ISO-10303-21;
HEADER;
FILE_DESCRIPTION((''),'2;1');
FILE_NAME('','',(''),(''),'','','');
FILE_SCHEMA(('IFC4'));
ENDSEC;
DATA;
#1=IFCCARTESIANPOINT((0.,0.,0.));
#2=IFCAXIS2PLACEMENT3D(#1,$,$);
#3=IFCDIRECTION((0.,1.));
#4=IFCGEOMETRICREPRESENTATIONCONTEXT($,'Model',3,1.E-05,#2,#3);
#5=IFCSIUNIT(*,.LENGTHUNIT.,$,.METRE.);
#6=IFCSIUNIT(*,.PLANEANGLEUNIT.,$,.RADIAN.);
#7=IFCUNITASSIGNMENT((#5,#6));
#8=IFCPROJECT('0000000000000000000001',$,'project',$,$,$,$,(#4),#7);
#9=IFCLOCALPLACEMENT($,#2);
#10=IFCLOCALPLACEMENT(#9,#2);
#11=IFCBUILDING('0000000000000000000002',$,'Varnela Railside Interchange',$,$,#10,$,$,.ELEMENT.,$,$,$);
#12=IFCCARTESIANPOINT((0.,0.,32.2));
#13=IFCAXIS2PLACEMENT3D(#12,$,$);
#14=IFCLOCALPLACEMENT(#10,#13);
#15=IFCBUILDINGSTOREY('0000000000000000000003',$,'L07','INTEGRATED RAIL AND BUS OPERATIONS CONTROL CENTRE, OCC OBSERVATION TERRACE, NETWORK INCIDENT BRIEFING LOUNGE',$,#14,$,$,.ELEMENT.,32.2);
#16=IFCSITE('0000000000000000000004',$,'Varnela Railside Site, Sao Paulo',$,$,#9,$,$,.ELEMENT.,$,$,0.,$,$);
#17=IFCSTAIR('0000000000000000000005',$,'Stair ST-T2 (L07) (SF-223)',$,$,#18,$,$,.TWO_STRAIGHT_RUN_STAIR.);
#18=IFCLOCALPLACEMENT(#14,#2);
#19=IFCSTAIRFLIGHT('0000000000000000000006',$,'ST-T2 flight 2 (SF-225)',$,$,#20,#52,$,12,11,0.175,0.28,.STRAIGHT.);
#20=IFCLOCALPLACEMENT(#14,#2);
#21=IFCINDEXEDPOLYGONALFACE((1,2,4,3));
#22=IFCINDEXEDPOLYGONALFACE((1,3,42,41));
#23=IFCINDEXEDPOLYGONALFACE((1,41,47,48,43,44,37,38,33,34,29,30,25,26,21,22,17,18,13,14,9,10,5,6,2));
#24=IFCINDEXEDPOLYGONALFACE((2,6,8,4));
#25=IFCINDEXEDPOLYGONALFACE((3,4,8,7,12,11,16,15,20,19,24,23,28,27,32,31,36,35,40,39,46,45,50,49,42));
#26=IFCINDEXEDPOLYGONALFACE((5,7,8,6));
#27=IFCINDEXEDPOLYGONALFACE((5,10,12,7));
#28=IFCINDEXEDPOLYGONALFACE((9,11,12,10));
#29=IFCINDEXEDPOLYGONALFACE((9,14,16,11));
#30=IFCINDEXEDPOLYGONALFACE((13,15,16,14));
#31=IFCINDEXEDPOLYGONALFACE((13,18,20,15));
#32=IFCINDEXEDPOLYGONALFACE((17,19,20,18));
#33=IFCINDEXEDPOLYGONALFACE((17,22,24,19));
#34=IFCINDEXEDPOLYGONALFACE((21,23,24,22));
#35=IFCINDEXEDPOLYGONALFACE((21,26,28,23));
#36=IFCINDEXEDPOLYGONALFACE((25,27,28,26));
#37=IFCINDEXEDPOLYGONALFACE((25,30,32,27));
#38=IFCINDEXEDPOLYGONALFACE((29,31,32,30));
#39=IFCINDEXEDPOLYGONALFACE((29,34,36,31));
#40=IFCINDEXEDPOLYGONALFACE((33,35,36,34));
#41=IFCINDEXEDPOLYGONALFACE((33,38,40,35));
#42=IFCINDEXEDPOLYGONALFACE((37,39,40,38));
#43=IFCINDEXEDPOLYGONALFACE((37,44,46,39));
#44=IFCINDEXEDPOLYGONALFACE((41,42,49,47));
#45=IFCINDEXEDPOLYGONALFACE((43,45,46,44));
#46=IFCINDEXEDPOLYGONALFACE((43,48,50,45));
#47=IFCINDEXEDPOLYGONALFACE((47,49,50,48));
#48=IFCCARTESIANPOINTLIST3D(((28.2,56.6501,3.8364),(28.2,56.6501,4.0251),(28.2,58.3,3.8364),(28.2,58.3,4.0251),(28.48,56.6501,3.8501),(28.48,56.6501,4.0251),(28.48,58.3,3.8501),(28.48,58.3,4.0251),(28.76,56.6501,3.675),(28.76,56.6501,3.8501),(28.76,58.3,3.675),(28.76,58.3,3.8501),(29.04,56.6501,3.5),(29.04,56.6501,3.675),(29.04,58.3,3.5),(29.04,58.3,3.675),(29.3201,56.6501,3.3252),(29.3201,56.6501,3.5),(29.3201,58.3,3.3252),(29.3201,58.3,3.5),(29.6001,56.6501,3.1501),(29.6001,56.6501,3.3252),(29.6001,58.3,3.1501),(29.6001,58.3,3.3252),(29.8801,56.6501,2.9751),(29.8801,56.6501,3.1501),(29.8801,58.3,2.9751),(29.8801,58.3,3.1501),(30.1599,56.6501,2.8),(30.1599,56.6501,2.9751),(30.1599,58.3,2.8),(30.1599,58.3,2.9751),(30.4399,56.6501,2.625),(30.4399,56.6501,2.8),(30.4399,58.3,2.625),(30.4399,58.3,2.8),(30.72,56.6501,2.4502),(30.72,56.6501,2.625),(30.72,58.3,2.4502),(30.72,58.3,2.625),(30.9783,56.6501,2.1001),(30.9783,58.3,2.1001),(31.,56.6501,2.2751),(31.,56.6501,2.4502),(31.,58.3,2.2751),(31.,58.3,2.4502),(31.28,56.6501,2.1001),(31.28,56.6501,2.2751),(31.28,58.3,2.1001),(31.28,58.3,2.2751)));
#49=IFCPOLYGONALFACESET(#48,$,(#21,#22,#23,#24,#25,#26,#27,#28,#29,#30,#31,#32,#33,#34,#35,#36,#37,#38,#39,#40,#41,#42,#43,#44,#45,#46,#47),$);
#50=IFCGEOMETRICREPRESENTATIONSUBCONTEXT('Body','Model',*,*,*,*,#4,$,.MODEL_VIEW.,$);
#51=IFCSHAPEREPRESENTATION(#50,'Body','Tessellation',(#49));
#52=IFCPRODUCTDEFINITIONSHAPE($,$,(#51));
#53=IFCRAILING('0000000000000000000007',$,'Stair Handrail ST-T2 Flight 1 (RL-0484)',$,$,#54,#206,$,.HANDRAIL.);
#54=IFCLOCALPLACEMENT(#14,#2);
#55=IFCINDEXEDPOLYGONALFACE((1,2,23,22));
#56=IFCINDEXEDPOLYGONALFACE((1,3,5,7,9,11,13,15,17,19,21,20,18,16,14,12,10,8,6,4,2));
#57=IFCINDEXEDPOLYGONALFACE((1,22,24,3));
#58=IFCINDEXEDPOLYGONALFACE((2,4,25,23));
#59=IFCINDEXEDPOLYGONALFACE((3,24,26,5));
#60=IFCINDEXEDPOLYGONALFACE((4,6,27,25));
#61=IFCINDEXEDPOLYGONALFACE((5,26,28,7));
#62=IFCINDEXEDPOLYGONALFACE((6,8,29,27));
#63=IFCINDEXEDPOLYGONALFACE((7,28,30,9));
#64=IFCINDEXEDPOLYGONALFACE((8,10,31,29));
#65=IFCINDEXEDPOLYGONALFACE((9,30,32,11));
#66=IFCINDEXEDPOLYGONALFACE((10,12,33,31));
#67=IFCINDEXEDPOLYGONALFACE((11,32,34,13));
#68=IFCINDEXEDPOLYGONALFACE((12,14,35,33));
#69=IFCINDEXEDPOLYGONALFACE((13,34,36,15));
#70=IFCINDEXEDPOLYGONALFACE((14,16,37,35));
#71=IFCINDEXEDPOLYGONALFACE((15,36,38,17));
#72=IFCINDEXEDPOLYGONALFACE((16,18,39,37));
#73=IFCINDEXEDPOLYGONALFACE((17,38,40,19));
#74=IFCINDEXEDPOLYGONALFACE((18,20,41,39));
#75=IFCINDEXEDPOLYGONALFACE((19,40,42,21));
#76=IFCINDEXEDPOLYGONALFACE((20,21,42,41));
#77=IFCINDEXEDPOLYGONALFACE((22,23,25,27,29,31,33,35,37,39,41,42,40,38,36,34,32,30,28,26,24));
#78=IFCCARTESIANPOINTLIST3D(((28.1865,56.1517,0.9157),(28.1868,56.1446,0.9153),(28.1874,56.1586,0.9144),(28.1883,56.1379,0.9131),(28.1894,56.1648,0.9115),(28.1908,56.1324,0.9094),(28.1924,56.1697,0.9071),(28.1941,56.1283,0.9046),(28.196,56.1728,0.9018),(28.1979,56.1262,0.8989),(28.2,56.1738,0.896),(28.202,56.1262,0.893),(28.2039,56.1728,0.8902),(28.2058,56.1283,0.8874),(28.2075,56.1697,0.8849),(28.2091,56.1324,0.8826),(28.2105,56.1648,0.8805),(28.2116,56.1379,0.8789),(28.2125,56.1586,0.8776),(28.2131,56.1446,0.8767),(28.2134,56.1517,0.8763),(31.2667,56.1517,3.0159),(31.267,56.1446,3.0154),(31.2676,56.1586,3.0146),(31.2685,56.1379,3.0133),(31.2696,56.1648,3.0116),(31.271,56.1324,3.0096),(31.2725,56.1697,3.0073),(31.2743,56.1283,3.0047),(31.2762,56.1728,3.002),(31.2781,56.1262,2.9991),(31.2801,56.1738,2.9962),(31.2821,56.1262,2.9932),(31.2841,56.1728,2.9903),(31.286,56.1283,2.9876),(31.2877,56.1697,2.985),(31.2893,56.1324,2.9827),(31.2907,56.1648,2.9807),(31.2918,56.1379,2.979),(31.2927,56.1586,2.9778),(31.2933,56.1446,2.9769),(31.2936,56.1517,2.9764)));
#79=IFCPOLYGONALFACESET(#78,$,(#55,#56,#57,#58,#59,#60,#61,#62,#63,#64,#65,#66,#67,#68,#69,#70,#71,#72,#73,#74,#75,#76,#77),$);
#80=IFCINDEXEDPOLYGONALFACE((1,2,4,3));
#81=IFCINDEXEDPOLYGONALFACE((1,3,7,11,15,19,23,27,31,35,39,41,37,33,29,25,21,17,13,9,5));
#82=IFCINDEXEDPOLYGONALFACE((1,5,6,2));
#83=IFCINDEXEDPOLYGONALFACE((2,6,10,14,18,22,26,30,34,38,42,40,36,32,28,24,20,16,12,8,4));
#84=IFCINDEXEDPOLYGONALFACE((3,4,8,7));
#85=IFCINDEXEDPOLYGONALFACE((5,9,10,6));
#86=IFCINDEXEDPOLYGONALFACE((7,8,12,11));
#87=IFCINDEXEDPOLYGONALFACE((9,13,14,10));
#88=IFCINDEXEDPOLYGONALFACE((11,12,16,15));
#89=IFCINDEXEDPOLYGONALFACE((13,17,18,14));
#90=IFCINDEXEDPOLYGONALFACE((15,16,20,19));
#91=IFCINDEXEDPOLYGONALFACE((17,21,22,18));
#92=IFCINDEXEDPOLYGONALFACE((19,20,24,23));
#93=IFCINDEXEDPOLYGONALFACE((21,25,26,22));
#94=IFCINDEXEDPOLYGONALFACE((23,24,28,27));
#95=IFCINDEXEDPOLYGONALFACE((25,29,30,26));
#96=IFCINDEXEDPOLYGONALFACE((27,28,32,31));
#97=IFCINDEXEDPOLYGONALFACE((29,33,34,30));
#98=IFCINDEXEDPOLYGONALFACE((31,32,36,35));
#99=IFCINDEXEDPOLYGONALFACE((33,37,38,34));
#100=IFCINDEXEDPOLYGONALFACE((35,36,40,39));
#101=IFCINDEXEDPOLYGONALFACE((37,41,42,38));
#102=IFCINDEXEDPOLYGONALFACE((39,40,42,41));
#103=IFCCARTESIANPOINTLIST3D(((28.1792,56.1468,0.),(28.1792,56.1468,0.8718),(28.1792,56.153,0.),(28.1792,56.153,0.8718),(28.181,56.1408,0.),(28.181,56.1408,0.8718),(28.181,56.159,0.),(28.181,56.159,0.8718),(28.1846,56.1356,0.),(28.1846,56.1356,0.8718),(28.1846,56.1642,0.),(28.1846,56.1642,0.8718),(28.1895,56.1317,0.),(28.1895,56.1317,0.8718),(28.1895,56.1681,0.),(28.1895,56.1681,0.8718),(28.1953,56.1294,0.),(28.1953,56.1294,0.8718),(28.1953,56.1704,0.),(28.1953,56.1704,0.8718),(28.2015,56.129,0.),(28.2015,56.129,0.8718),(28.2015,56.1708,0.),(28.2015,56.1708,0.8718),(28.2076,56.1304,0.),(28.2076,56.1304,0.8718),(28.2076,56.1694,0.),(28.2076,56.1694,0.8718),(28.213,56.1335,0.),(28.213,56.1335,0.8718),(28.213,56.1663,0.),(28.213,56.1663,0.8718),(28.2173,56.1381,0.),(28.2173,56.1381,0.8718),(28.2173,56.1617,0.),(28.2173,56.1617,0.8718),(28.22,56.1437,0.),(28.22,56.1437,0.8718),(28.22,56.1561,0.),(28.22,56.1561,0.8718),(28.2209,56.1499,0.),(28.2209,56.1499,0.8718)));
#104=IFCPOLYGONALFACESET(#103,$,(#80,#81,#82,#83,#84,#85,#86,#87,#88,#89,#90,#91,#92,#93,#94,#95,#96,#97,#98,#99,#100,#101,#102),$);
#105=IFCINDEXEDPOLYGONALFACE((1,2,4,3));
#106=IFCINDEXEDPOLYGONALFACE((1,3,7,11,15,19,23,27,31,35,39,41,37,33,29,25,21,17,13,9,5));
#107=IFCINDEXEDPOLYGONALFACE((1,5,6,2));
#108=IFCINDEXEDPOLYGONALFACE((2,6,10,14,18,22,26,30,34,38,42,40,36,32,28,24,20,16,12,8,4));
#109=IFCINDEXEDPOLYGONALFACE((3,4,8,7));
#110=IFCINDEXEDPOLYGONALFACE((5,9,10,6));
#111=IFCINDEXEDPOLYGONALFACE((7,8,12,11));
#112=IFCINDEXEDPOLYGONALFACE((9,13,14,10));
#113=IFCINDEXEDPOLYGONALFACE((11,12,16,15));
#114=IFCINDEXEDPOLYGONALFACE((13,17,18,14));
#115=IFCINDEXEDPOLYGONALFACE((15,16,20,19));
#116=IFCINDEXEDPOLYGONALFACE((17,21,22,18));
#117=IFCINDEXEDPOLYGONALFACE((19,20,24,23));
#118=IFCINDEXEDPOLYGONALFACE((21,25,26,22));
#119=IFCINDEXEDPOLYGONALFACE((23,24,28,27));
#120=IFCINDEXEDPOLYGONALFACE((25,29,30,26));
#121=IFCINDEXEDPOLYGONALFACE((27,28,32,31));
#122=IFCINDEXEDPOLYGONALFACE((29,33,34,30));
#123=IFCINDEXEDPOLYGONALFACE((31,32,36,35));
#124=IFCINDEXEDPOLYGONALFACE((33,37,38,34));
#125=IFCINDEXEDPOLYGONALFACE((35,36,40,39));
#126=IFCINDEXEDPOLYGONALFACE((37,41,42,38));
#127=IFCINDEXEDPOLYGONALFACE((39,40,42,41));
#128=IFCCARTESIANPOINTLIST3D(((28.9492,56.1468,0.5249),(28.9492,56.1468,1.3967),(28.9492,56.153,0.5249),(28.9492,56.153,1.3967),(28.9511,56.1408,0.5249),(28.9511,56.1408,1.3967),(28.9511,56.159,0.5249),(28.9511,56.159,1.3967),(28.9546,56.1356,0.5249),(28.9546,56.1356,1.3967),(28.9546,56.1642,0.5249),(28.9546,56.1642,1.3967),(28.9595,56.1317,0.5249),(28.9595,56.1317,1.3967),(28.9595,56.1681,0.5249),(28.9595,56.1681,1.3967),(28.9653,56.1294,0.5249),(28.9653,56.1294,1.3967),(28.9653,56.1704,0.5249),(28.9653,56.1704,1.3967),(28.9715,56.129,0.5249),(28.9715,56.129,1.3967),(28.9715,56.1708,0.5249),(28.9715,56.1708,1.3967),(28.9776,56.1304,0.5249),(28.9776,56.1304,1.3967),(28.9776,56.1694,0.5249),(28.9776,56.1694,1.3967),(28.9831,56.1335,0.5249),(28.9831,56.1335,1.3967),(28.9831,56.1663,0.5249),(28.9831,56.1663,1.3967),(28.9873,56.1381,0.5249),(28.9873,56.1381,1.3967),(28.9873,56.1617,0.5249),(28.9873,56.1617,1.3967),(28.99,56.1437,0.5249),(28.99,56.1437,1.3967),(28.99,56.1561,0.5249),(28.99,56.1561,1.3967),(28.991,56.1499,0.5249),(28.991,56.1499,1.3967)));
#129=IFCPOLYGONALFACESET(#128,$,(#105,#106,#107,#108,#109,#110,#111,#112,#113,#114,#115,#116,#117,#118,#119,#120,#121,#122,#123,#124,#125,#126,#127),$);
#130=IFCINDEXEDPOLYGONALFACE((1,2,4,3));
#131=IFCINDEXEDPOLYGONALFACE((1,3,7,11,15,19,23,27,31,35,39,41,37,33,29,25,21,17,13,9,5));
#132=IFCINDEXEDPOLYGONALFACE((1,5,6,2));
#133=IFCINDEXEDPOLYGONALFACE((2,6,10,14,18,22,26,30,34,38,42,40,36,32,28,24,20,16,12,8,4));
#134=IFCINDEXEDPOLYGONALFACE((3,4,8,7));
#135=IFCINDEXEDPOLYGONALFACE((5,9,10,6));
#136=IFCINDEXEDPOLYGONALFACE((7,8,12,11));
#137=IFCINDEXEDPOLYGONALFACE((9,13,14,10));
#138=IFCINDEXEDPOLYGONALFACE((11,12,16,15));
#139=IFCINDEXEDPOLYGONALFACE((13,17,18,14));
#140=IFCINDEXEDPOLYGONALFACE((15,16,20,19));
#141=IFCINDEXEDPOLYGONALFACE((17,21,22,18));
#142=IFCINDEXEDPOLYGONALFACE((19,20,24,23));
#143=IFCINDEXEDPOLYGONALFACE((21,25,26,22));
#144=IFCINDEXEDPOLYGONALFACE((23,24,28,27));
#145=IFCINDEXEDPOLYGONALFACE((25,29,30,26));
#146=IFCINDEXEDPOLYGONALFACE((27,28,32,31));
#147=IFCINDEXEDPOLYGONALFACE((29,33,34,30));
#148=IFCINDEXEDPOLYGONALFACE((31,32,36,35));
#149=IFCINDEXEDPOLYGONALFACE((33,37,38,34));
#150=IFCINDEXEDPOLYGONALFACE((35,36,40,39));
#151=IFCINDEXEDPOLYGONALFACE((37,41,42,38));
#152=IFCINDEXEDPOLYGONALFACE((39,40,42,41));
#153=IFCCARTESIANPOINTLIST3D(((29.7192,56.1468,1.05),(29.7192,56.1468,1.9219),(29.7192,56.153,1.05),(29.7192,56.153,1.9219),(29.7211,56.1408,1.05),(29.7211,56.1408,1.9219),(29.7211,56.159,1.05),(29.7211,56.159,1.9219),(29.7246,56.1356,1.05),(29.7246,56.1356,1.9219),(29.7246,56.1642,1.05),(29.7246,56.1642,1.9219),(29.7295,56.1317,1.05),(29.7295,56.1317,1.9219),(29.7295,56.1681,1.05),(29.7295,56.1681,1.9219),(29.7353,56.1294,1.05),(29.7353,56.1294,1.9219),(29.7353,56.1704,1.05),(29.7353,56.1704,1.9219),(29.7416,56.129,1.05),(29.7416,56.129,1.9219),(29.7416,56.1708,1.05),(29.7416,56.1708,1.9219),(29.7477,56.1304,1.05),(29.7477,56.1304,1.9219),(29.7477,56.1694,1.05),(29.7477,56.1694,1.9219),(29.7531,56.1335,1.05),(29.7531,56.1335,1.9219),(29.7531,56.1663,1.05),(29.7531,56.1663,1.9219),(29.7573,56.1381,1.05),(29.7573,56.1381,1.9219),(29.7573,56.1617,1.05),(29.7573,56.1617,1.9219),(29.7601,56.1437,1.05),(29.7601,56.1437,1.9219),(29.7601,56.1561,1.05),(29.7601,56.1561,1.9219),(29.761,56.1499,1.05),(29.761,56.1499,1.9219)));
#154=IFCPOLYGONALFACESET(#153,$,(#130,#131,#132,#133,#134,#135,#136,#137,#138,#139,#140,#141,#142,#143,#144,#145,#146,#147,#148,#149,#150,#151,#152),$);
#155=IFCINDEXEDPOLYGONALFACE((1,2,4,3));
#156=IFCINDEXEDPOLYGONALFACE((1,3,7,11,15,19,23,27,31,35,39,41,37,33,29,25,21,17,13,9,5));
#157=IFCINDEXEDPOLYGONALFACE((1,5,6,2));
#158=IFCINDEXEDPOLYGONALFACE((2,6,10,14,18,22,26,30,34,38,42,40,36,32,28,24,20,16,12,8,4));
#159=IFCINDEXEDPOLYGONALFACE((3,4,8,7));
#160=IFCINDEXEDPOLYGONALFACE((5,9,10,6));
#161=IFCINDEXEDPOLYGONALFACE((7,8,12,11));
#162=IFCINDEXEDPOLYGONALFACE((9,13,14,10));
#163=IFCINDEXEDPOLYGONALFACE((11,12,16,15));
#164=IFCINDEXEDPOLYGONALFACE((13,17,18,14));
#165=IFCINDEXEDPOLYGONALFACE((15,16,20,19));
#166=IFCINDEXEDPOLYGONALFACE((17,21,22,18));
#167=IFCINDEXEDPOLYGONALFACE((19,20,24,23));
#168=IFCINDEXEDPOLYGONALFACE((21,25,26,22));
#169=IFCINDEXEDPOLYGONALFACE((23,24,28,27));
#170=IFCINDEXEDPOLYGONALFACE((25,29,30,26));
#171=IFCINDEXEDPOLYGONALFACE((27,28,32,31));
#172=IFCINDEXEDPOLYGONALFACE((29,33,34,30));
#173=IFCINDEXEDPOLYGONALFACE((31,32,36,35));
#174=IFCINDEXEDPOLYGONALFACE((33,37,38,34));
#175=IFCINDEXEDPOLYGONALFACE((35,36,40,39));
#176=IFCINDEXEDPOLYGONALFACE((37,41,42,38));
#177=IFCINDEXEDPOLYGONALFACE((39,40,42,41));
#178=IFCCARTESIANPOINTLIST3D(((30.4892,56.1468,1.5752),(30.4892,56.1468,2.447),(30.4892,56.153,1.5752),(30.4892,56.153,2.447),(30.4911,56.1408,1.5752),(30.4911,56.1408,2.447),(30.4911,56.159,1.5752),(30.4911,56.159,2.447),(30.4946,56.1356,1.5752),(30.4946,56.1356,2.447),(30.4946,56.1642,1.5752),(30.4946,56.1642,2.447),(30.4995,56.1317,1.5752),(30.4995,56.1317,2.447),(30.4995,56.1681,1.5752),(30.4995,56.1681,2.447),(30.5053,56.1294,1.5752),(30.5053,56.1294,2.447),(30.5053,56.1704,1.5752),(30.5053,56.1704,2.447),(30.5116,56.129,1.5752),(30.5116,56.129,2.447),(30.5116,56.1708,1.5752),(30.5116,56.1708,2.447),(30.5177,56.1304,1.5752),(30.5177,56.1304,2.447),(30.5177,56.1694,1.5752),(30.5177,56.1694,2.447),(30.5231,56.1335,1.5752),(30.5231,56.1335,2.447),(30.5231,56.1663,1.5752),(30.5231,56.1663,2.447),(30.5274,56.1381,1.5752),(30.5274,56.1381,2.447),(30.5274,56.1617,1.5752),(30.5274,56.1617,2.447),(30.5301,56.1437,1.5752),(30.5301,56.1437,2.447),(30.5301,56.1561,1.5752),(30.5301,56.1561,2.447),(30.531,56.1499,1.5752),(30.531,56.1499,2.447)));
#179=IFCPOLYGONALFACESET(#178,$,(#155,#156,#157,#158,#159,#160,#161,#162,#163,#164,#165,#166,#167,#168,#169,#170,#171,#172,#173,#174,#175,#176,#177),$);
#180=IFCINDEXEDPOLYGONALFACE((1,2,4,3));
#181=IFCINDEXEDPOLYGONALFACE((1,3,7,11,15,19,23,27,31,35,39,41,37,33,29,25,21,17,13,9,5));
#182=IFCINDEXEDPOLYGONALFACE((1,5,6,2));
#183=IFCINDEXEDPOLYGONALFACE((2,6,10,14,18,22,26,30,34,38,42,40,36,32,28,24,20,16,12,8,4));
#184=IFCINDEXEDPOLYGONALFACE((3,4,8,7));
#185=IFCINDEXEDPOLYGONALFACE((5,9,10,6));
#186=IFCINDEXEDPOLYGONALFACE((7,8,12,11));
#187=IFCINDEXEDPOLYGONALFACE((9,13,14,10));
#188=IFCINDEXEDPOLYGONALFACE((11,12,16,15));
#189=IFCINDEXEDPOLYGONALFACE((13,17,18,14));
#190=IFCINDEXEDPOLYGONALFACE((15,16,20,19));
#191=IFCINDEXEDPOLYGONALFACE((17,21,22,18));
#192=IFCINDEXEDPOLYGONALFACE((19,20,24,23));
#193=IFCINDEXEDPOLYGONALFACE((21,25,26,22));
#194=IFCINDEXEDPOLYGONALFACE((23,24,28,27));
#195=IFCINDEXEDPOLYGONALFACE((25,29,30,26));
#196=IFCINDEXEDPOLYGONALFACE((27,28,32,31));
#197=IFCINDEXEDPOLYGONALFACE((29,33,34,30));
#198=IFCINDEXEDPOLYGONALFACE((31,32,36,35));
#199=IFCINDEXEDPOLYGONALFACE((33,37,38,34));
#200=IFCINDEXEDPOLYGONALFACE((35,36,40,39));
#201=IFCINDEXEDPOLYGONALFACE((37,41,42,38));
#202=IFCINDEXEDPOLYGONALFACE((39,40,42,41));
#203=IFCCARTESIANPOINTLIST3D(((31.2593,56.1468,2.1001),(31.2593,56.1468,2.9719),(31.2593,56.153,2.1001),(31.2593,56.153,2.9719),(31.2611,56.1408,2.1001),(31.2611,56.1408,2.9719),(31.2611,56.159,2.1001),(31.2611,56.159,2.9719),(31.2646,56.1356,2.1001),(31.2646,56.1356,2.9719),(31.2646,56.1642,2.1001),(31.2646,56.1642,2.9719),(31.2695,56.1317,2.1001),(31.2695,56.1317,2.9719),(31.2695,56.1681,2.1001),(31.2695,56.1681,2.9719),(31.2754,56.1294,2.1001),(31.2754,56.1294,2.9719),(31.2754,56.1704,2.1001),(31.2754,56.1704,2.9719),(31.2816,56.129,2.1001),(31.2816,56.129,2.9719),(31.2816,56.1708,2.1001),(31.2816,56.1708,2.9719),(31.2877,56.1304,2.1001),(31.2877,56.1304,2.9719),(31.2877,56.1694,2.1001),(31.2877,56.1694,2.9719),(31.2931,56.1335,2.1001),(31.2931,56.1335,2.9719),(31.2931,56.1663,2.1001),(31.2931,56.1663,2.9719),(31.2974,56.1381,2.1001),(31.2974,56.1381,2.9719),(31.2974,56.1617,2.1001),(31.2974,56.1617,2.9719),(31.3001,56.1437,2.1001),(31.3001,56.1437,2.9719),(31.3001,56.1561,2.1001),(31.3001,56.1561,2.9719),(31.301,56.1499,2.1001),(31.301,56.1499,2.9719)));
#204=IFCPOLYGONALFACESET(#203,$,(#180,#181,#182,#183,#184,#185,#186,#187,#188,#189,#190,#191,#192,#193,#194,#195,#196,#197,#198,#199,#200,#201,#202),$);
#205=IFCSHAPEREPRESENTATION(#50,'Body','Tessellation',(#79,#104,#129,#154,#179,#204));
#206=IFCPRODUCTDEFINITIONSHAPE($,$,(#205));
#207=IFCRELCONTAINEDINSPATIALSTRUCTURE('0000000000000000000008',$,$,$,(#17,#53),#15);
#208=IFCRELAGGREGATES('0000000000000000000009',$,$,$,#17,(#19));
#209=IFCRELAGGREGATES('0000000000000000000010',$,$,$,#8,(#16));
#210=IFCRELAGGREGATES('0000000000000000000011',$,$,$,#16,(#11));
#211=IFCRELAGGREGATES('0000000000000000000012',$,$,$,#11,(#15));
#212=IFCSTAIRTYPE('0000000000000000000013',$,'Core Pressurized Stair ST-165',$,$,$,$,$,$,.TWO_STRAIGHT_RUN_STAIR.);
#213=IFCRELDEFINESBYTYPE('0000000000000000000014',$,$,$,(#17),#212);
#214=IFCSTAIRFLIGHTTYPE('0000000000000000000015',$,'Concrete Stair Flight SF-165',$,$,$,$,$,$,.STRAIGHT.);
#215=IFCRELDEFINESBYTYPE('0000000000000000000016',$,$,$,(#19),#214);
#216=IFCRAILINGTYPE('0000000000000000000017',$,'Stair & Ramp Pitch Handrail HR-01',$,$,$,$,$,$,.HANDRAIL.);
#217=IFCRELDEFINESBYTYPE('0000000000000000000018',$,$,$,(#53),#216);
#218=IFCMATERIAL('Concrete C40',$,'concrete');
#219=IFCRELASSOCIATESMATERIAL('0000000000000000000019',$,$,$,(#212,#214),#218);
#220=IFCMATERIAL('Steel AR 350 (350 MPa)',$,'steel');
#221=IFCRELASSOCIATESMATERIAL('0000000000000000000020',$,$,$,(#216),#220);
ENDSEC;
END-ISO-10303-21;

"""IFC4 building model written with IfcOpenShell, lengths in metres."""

from ifc_helpers import new_model, si_unit, direction, frame, origin, origin_2d, place, context, subcontext, project, spatial, polyline, circle, outline, extrude, material, type_object, element, aggregate, save


model = new_model("IFC4")

# Units and contexts
model_context = context("Model", 3, precision=1e-05, world=origin(), true_north=direction((0.0, 1.0)))
body_context = subcontext(model_context, "Body", "Model", "MODEL_VIEW")
ifc_project = project(units=[si_unit("LENGTHUNIT", "METRE"), si_unit("PLANEANGLEUNIT", "RADIAN")], contexts=[model_context])

# Site, building, storey
site_placement = place(None, origin())
site = spatial("IfcSite", under=ifc_project, at=site_placement, Name="Varnela Railside Site, Sao Paulo", CompositionType="ELEMENT", RefElevation=0.0)
building_placement = place(site_placement, origin())
building = spatial("IfcBuilding", under=site, at=building_placement, Name="Varnela Railside Interchange", CompositionType="ELEMENT")
storey_placement = place(building_placement, frame((0.0, 0.0, 32.2)))
storey = spatial("IfcBuildingStorey", under=building, at=storey_placement, Name="L07", Description="INTEGRATED RAIL AND BUS OPERATIONS CONTROL CENTRE, OCC OBSERVATION TERRACE, NETWORK INCIDENT BRIEFING LOUNGE", CompositionType="ELEMENT", Elevation=32.2)

# Shared definitions
ifc_material_1 = material(Name="Steel AR 350 (350 MPa)", Category="steel")

# Shared definitions
ifc_material_2 = material(Name="Concrete C40", Category="concrete")

# Stair, stair flight
stair_type = type_object("IfcStairType", Name="Core Pressurized Stair ST-165", PredefinedType="TWO_STRAIGHT_RUN_STAIR", material=ifc_material_2)
stair_placement = place(storey_placement, origin())
stair = element("IfcStair", 1, at=stair_placement, inside=storey, type_object=stair_type, Name="Stair ST-T2 (L07) (SF-223)", PredefinedType="TWO_STRAIGHT_RUN_STAIR")
stair_flight_type = type_object("IfcStairFlightType", Name="Concrete Stair Flight SF-165", PredefinedType="STRAIGHT", material=ifc_material_2)
stair_flight_1_placement = place(storey_placement, frame((31.28, 57.4751, 2.1001), z_axis=(0.0, 0.0, 1.0), x_axis=(-1.0, 0.0, 0.0)))
stair_flight_1 = element("IfcStairFlight", 2, at=stair_flight_1_placement, type_object=stair_flight_type, Name="ST-T2 flight 2 (SF-225)", NumberOfRisers=12, NumberOfTreads=11, PredefinedType="STRAIGHT", RiserHeight=0.175, TreadLength=0.28, context=body_context, shape_type="SweptSolid", body=[
    extrude(outline(polyline([(0.0, 0.0), (0.0, 0.175), (0.28, 0.175), (0.28, 0.3501), (0.5601, 0.3501), (0.5601, 0.5249), (0.8401, 0.5249), (0.8401, 0.7), (1.1201, 0.7), (1.1201, 0.875), (1.3999, 0.875), (1.3999, 1.05), (1.6799, 1.05), (1.6799, 1.2251), (1.96, 1.2251), (1.96, 1.3999), (2.24, 1.3999), (2.24, 1.575), (2.52, 1.575), (2.52, 1.75), (2.8, 1.75), (2.8, 1.925), (3.0801, 1.925), (3.0801, 2.1001), (3.0801, 1.7363), (0.3018, 0.0), (0.0, 0.0)])), frame((0.0, 0.825, 0.0), z_axis=(0.0, -1.0, 0.0), x_axis=(1.0, 0.0, 0.0)), (0.0, 0.0, 1.0), 1.6499),
])
aggregate(stair, [stair_flight_1])

# Railing
railing_type_1 = type_object("IfcRailingType", Name="Stair & Ramp Pitch Handrail HR-01", PredefinedType="HANDRAIL", material=ifc_material_1)
railing_1_placement = place(storey_placement, frame((28.2, 56.1499, 0.0)))
element("IfcRailing", 3, at=railing_1_placement, inside=storey, type_object=railing_type_1, Name="Stair Handrail ST-T2 Flight 1 (RL-0484)", PredefinedType="HANDRAIL", context=body_context, shape_type="SweptSolid", body=[
    extrude(circle(Radius=0.0239, at=origin_2d()), frame((0.0, 0.0, 0.896), z_axis=(0.826222, 0.0, 0.563345), x_axis=(0.0, 1.0, 0.0)), (0.0, 0.0, 1.0), 3.728),
    extrude(circle(Radius=0.021, at=origin_2d()), origin(), (0.0, 0.0, 1.0), 0.8718),
    extrude(circle(Radius=0.021, at=origin_2d()), frame((0.77, 0.0, 0.5249)), (0.0, 0.0, 1.0), 0.8718),
    extrude(circle(Radius=0.021, at=origin_2d()), frame((1.54, 0.0, 1.05)), (0.0, 0.0, 1.0), 0.8718),
    extrude(circle(Radius=0.021, at=origin_2d()), frame((2.3101, 0.0, 1.5752)), (0.0, 0.0, 1.0), 0.8718),
    extrude(circle(Radius=0.021, at=origin_2d()), frame((3.0801, 0.0, 2.1001)), (0.0, 0.0, 1.0), 0.8718),
])

save(model, "model.ifc")
